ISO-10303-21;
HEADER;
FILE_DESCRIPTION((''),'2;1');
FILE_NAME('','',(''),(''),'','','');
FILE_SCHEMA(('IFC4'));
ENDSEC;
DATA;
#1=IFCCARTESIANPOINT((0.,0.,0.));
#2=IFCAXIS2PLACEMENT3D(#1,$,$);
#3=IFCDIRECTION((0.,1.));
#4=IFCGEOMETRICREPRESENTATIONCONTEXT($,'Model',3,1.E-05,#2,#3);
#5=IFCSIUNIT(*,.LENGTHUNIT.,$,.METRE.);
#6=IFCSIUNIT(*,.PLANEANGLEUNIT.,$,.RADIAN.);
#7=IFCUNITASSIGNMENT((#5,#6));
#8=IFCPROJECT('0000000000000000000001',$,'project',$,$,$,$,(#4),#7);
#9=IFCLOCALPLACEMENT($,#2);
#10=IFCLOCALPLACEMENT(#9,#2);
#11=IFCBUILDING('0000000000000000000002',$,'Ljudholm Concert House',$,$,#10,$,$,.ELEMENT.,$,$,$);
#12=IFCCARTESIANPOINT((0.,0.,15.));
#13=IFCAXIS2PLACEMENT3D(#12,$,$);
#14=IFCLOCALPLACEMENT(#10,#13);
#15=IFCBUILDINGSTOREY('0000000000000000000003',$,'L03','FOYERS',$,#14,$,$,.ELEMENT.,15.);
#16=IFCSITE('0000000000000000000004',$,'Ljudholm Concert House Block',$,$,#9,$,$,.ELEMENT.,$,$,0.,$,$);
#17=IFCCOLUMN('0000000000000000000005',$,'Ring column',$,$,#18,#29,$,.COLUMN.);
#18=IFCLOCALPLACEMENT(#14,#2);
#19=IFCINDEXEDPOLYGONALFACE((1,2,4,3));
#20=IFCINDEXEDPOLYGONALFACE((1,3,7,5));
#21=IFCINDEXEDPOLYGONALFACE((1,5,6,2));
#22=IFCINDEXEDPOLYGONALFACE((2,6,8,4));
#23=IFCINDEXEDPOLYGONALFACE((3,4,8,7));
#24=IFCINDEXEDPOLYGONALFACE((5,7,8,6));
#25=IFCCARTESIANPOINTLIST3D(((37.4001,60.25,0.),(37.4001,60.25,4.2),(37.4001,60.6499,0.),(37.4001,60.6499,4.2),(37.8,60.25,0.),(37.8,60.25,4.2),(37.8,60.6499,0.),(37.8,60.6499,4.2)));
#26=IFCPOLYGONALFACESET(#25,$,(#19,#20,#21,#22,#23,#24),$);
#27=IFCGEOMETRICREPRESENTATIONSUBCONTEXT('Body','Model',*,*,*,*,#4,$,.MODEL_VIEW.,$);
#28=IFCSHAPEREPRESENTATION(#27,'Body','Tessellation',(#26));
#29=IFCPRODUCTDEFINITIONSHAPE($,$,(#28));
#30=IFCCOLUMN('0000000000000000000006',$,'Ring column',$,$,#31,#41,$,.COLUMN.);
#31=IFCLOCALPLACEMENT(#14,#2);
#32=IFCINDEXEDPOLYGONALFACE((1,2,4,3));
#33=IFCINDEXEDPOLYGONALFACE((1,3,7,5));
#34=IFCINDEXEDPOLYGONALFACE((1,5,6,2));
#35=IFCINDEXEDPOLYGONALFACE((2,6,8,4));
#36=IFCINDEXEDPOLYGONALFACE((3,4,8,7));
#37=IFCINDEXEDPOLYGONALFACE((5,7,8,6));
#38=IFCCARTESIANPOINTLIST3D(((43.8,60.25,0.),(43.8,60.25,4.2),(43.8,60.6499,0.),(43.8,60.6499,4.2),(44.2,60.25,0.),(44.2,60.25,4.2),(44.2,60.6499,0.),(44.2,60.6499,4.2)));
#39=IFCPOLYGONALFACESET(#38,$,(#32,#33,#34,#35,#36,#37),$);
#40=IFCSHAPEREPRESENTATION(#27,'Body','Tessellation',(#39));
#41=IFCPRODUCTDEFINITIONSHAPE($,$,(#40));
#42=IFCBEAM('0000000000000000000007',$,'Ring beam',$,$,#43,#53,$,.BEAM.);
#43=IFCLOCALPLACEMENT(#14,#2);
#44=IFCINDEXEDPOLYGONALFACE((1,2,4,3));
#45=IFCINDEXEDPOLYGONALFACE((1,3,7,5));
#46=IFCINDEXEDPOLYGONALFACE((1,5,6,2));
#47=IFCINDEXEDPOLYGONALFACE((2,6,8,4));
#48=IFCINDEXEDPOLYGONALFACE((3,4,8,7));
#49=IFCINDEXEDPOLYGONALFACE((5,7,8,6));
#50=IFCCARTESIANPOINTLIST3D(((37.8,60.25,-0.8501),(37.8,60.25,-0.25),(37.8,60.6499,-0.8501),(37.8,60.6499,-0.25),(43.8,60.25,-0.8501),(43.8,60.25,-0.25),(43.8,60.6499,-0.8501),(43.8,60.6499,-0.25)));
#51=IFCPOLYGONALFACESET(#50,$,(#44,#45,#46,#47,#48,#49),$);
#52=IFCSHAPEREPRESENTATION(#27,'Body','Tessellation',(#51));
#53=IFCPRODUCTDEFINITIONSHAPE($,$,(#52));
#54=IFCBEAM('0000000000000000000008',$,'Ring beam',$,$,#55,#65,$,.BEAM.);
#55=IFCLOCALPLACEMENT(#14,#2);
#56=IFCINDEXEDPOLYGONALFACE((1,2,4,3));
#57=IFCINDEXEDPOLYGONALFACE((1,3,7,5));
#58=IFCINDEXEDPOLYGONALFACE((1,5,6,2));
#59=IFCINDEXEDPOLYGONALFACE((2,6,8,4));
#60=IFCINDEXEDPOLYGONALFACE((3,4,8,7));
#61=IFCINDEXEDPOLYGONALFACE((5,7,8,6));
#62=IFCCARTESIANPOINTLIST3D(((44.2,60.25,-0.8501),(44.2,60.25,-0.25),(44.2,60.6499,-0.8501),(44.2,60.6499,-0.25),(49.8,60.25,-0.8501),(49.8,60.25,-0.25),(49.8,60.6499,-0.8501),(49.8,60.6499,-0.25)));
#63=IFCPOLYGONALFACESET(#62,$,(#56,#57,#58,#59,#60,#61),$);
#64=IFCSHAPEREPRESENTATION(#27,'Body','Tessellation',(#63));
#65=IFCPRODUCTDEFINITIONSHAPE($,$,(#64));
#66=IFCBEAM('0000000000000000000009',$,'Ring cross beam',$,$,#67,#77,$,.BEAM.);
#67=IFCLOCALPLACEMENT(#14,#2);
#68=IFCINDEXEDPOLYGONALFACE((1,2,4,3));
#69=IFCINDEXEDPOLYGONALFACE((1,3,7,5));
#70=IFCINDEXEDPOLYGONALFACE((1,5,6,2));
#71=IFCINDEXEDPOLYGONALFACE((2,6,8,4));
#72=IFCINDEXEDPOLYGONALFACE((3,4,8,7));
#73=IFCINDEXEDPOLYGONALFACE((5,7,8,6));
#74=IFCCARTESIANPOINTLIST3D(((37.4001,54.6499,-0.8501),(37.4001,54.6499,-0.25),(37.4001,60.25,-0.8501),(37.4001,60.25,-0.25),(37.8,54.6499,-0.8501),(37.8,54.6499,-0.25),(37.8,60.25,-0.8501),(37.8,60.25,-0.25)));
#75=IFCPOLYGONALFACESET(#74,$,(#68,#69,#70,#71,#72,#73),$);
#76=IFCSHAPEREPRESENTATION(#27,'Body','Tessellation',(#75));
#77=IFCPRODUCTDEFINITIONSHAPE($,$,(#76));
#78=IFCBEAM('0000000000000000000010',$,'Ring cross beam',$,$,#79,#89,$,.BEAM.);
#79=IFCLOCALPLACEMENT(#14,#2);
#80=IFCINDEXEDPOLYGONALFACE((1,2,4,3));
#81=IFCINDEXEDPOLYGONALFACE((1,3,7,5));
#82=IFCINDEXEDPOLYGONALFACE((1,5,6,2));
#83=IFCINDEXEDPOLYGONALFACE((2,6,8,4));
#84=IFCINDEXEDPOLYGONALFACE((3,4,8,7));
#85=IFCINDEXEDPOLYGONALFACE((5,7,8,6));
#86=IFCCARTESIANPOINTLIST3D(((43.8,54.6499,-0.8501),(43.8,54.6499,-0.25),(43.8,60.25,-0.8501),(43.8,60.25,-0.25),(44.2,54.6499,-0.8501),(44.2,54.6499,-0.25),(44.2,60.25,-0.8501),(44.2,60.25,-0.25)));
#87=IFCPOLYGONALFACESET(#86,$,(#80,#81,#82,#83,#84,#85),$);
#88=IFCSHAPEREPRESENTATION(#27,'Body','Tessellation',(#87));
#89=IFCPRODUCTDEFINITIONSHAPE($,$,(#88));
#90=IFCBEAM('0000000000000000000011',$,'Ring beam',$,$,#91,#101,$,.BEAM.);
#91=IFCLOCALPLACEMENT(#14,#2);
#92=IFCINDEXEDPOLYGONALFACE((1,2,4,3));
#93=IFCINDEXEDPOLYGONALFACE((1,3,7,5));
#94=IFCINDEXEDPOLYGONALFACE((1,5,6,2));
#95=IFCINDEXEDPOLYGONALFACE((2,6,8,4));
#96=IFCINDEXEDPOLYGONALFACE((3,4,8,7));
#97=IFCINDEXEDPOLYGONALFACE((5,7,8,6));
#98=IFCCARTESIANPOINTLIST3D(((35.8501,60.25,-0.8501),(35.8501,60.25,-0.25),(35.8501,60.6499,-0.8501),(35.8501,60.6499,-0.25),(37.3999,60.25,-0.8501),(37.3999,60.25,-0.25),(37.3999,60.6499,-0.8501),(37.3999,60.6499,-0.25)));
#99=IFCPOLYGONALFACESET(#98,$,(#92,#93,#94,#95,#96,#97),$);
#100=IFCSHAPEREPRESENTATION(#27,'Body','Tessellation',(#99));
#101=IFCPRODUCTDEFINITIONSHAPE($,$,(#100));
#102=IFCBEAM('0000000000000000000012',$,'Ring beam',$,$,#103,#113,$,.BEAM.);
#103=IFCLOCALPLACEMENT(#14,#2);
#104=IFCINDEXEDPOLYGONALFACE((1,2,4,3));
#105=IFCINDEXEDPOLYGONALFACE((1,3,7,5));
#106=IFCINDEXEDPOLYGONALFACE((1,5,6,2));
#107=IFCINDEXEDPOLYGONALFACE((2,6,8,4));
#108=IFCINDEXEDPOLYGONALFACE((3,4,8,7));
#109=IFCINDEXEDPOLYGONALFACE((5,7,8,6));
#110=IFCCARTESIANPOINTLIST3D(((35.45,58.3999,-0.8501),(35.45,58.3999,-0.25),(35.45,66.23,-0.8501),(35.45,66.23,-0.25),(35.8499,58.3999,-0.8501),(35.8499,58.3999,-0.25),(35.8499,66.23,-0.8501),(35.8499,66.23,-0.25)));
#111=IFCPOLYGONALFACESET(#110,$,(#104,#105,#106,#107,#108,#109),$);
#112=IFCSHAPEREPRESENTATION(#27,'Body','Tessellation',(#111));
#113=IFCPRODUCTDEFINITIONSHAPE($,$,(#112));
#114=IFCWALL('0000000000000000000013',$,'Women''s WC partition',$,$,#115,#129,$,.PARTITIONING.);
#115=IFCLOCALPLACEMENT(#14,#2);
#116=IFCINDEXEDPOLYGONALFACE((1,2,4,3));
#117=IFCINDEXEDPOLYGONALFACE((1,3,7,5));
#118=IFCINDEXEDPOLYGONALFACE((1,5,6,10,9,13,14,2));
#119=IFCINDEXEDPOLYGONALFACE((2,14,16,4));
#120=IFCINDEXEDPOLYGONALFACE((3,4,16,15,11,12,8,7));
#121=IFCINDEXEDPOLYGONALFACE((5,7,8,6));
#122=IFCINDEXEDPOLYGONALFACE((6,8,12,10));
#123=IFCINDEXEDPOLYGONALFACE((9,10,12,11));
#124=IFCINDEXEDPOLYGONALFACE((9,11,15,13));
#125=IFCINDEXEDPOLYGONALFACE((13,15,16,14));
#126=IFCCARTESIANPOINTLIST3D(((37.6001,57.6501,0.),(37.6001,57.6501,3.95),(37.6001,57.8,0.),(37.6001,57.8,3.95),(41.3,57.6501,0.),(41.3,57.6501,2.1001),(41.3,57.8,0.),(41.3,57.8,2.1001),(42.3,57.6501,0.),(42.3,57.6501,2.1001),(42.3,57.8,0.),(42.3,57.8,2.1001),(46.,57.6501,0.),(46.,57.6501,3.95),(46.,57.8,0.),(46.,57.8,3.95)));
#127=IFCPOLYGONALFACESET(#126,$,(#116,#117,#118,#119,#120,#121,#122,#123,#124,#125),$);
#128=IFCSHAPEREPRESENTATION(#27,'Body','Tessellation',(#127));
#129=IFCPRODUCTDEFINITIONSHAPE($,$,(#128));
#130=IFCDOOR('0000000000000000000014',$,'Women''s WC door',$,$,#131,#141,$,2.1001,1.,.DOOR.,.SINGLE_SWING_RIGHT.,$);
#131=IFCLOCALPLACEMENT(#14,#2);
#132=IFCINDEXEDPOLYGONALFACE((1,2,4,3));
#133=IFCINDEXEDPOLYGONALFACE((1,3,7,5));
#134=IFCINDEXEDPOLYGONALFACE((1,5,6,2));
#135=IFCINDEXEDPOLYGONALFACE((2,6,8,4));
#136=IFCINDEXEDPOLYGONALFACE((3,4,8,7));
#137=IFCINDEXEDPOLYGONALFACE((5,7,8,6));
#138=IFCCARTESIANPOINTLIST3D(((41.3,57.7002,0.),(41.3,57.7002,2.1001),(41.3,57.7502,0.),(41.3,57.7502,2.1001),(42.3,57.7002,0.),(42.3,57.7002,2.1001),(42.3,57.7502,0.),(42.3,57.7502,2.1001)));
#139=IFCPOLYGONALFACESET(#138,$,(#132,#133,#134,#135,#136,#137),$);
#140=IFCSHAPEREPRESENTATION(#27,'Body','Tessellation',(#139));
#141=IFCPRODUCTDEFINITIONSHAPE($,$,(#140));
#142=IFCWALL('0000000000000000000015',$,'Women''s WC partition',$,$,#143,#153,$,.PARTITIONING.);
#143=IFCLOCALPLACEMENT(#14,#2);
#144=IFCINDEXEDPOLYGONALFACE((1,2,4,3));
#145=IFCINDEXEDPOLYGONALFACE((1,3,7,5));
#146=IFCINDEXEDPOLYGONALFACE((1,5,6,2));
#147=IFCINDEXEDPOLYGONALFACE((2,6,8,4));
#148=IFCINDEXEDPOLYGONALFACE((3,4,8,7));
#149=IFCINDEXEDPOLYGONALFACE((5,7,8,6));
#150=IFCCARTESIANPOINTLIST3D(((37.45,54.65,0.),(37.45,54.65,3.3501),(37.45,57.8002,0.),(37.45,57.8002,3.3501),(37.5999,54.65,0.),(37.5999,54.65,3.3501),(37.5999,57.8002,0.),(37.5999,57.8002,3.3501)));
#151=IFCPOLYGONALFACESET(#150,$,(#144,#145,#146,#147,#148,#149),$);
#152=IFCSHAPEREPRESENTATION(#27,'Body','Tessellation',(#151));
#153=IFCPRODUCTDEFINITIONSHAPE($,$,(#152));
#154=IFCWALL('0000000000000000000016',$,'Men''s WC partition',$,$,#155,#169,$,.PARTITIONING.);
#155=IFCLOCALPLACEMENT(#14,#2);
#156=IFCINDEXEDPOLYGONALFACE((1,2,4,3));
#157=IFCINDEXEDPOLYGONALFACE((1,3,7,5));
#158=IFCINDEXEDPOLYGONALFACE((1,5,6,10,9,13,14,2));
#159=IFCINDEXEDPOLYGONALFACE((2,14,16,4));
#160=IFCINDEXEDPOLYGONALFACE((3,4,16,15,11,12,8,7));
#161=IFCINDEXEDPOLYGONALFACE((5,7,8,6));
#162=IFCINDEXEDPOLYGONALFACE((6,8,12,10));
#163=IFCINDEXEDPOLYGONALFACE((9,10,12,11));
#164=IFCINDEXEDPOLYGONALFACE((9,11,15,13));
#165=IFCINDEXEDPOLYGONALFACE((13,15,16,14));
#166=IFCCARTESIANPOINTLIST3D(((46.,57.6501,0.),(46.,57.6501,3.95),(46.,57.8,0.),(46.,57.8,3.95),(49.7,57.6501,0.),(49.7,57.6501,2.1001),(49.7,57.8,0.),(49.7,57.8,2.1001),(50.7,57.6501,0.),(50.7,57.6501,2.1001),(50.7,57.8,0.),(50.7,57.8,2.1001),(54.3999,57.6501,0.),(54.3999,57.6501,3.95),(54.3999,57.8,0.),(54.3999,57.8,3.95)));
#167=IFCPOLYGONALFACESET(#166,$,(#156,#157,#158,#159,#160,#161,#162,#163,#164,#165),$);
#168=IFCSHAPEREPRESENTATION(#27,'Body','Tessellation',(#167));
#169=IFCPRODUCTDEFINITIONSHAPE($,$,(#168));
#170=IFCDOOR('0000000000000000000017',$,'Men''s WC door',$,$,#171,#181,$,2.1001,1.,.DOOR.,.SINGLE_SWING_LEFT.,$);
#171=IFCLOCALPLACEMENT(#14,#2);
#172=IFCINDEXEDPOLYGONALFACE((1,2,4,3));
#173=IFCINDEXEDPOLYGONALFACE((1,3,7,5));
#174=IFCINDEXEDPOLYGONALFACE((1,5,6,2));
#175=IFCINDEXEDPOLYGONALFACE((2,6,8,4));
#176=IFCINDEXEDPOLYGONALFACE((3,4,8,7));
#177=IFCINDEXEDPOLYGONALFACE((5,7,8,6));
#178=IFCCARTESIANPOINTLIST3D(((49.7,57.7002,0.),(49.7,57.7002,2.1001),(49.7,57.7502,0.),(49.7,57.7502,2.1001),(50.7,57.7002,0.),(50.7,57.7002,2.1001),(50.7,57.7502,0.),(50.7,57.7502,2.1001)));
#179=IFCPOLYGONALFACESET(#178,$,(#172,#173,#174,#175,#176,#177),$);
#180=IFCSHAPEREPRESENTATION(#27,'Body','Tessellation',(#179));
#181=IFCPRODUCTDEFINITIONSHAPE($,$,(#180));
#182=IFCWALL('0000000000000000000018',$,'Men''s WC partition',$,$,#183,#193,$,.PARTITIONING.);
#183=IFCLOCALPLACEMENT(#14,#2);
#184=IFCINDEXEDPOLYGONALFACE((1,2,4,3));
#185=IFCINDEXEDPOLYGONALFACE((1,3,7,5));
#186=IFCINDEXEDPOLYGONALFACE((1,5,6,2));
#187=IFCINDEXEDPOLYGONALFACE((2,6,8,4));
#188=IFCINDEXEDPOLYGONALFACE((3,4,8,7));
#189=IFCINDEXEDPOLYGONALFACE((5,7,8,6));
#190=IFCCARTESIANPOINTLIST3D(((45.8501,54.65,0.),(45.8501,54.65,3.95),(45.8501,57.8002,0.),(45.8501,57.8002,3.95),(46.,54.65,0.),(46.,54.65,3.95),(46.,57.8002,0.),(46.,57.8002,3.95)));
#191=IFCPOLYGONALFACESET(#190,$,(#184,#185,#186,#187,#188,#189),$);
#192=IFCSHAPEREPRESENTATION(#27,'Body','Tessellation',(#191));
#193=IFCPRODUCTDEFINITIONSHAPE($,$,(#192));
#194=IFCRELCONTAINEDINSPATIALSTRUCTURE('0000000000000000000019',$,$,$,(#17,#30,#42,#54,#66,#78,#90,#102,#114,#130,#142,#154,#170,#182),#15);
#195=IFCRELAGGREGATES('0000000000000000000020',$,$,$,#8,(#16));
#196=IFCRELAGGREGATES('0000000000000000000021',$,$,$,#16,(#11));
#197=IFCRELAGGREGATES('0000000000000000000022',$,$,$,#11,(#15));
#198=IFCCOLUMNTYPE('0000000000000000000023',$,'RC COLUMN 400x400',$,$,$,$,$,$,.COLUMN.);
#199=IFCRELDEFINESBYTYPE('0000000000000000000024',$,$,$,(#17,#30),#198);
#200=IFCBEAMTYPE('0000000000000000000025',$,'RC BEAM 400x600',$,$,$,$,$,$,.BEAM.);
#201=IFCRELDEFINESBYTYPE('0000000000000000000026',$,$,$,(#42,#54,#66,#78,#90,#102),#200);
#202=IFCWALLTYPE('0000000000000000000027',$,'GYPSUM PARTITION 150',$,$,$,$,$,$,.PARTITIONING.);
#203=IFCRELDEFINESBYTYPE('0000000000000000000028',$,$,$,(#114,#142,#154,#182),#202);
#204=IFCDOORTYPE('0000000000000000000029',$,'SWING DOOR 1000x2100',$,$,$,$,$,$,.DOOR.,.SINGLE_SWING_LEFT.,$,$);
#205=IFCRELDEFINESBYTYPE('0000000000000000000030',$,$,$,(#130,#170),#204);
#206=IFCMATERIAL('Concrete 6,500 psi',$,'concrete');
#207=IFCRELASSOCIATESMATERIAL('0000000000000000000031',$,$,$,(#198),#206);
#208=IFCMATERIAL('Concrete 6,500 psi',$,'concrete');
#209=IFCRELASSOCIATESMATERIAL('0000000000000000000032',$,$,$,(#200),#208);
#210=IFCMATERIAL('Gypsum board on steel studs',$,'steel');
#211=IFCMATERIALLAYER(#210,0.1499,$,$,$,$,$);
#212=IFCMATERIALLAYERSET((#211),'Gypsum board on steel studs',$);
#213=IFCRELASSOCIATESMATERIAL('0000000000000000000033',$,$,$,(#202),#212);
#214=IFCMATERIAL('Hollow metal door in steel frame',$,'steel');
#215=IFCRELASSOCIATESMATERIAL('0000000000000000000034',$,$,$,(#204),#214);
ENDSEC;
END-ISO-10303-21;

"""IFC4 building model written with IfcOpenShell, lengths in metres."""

from ifc_helpers import new_model, si_unit, direction, frame, frame_2d, origin, origin_2d, place, context, subcontext, project, spatial, rectangle, extrude, material, layer, layer_set, material_profile, profile_set, type_object, element, fill, save


model = new_model("IFC4")

# Units and contexts
model_context = context("Model", 3, precision=1e-05, world=origin(), true_north=direction((0.0, 1.0)))
body_context = subcontext(model_context, "Body", "Model", "MODEL_VIEW")
ifc_project = project(units=[si_unit("LENGTHUNIT", "METRE"), si_unit("PLANEANGLEUNIT", "RADIAN")], contexts=[model_context])

# Site, building, storey
site_placement = place(None, origin())
site = spatial("IfcSite", under=ifc_project, at=site_placement, Name="Ljudholm Concert House Block", CompositionType="ELEMENT", RefElevation=0.0)
building_placement = place(site_placement, origin())
building = spatial("IfcBuilding", under=site, at=building_placement, Name="Ljudholm Concert House", CompositionType="ELEMENT")
storey_placement = place(building_placement, frame((0.0, 0.0, 15.0)))
storey = spatial("IfcBuildingStorey", under=building, at=storey_placement, Name="L03", Description="FOYERS", CompositionType="ELEMENT", Elevation=15.0)

# Columns
ifc_material_1 = material(Name="Concrete 6,500 psi", Category="concrete")
ifc_material_profile_1 = material_profile(ifc_material_1, rectangle(XDim=0.3999, YDim=0.3999, at=origin_2d()), Name="RC COLUMN 400x400")
ifc_profile_set_1 = profile_set([ifc_material_profile_1], Name="Concrete 6,500 psi")
column_type = type_object("IfcColumnType", Name="RC COLUMN 400x400", PredefinedType="COLUMN", material=ifc_profile_set_1)
for number, where, z_axis, x_axis, name in (
    (1, (37.6001, 60.45, 0.0), (0.0, 0.0, 1.0), (1.0, 0.0, 0.0), "Ring column"),
    (2, (44.0, 60.45, 0.0), (0.0, 0.0, 1.0), (1.0, 0.0, 0.0), "Ring column"),
):
    element("IfcColumn", number, at=place(storey_placement, frame(where, z_axis=z_axis, x_axis=x_axis)), inside=storey, type_object=column_type, Name=name, PredefinedType="COLUMN", context=body_context, shape_type="SweptSolid", body=[
        extrude(rectangle(XDim=0.3999, YDim=0.3999, at=origin_2d()), origin(), (0.0, 0.0, 1.0), 4.2),
    ])

# Beams
ifc_material_2 = material(Name="Concrete 6,500 psi", Category="concrete")
ifc_material_profile_2 = material_profile(ifc_material_2, rectangle(XDim=0.3999, YDim=0.6001, at=origin_2d()), Name="RC BEAM 400x600")
ifc_profile_set_2 = profile_set([ifc_material_profile_2], Name="Concrete 6,500 psi")
beam_type = type_object("IfcBeamType", Name="RC BEAM 400x600", PredefinedType="BEAM", material=ifc_profile_set_2)
beam_1_placement = place(storey_placement, frame((37.8, 60.45, -0.55), z_axis=(1.0, 0.0, 0.0), x_axis=(0.0, 1.0, 0.0)))
element("IfcBeam", 3, at=beam_1_placement, inside=storey, type_object=beam_type, Name="Ring beam", PredefinedType="BEAM", context=body_context, shape_type="SweptSolid", body=[
    extrude(rectangle(XDim=0.3999, YDim=0.6001, at=origin_2d()), origin(), (0.0, 0.0, 1.0), 6.0),
])
for number, where, z_axis, x_axis, name in (
    (4, (44.2, 60.45, -0.55), (1.0, 0.0, 0.0), (0.0, 1.0, 0.0), "Ring beam"),
    (5, (37.6001, 60.25, -0.55), (0.0, -1.0, 0.0), (1.0, 0.0, 0.0), "Ring cross beam"),
    (6, (44.0, 60.25, -0.55), (0.0, -1.0, 0.0), (1.0, 0.0, 0.0), "Ring cross beam"),
):
    element("IfcBeam", number, at=place(storey_placement, frame(where, z_axis=z_axis, x_axis=x_axis)), inside=storey, type_object=beam_type, Name=name, PredefinedType="BEAM", context=body_context, shape_type="SweptSolid", body=[
        extrude(rectangle(XDim=0.3999, YDim=0.6001, at=origin_2d()), origin(), (0.0, 0.0, 1.0), 5.6001),
    ])
beam_2_placement = place(storey_placement, frame((35.8501, 60.45, -0.55), z_axis=(1.0, 0.0, 0.0), x_axis=(0.0, 1.0, 0.0)))
element("IfcBeam", 7, at=beam_2_placement, inside=storey, type_object=beam_type, Name="Ring beam", PredefinedType="BEAM", context=body_context, shape_type="SweptSolid", body=[
    extrude(rectangle(XDim=0.3999, YDim=0.6001, at=origin_2d()), origin(), (0.0, 0.0, 1.0), 1.5498),
])
beam_3_placement = place(storey_placement, frame((35.6499, 58.3999, -0.55), z_axis=(0.0, 1.0, 0.0), x_axis=(-1.0, 0.0, 0.0)))
element("IfcBeam", 8, at=beam_3_placement, inside=storey, type_object=beam_type, Name="Ring beam", PredefinedType="BEAM", context=body_context, shape_type="SweptSolid", body=[
    extrude(rectangle(XDim=0.3999, YDim=0.6001, at=origin_2d()), origin(), (0.0, 0.0, 1.0), 7.8301),
])

# Wall, opening, door
ifc_material_3 = material(Name="Gypsum board on steel studs", Category="steel")
ifc_layer_1 = layer(ifc_material_3, 0.1499)
ifc_layer_set_1 = layer_set([ifc_layer_1], Name="Gypsum board on steel studs")
wall_type_1 = type_object("IfcWallType", Name="GYPSUM PARTITION 150", PredefinedType="PARTITIONING", material=ifc_layer_set_1)
wall_1_placement = place(storey_placement, frame((37.6001, 57.7251, 0.0), z_axis=(0.0, 0.0, 1.0), x_axis=(1.0, 0.0, 0.0)))
wall_1 = element("IfcWall", 9, at=wall_1_placement, inside=storey, type_object=wall_type_1, Name="Women's WC partition", PredefinedType="PARTITIONING", context=body_context, shape_type="SweptSolid", body=[
    extrude(rectangle(XDim=8.3999, YDim=0.1499, at=frame_2d((4.2, 0.0))), origin(), (0.0, 0.0, 1.0), 3.95),
])
opening_1_placement = place(wall_1_placement, frame((3.7, 0.0, 0.0)))
opening_1 = element("IfcOpeningElement", 10, at=opening_1_placement, cuts=wall_1, PredefinedType="OPENING", context=body_context, shape_type="SweptSolid", body=[
    extrude(rectangle(XDim=1.0, YDim=2.1001, at=frame_2d((0.5, 1.05))), frame((0.0, 0.085, 0.0), z_axis=(0.0, -1.0, 0.0), x_axis=(1.0, 0.0, 0.0)), (0.0, 0.0, 1.0), 0.1699),
])
ifc_material_4 = material(Name="Hollow metal door in steel frame", Category="steel")
door_type = type_object("IfcDoorType", Name="SWING DOOR 1000x2100", OperationType="SINGLE_SWING_LEFT", PredefinedType="DOOR", material=ifc_material_4)
door_1_placement = place(opening_1_placement, frame((1.0, 0.0, 0.0), z_axis=(0.0, 0.0, 1.0), x_axis=(-1.0, 0.0, 0.0)))
door_1 = element("IfcDoor", 11, at=door_1_placement, inside=storey, type_object=door_type, Name="Women's WC door", OperationType="SINGLE_SWING_RIGHT", OverallHeight=2.1001, OverallWidth=1.0, PredefinedType="DOOR", context=body_context, shape_type="SweptSolid", body=[
    extrude(rectangle(XDim=1.0, YDim=2.1001, at=frame_2d((0.5, 1.05))), frame((0.0, 0.0249, 0.0), z_axis=(0.0, -1.0, 0.0), x_axis=(1.0, 0.0, 0.0)), (0.0, 0.0, 1.0), 0.05),
])
fill(opening_1, door_1)

# Wall
wall_2_placement = place(storey_placement, frame((37.5249, 54.6499, 0.0), z_axis=(0.0, 0.0, 1.0), x_axis=(0.0, 1.0, 0.0)))
element("IfcWall", 12, at=wall_2_placement, inside=storey, type_object=wall_type_1, Name="Women's WC partition", PredefinedType="PARTITIONING", context=body_context, shape_type="SweptSolid", body=[
    extrude(rectangle(XDim=3.1501, YDim=0.1499, at=frame_2d((1.5752, 0.0))), origin(), (0.0, 0.0, 1.0), 3.3501),
])

# Wall, opening, door
wall_3_placement = place(storey_placement, frame((46.0, 57.7251, 0.0), z_axis=(0.0, 0.0, 1.0), x_axis=(1.0, 0.0, 0.0)))
wall_3 = element("IfcWall", 13, at=wall_3_placement, inside=storey, type_object=wall_type_1, Name="Men's WC partition", PredefinedType="PARTITIONING", context=body_context, shape_type="SweptSolid", body=[
    extrude(rectangle(XDim=8.3999, YDim=0.1499, at=frame_2d((4.2, 0.0))), origin(), (0.0, 0.0, 1.0), 3.95),
])
opening_2_placement = place(wall_3_placement, frame((3.7, 0.0, 0.0)))
opening_2 = element("IfcOpeningElement", 14, at=opening_2_placement, cuts=wall_3, PredefinedType="OPENING", context=body_context, shape_type="SweptSolid", body=[
    extrude(rectangle(XDim=1.0, YDim=2.1001, at=frame_2d((0.5, 1.05))), frame((0.0, 0.085, 0.0), z_axis=(0.0, -1.0, 0.0), x_axis=(1.0, 0.0, 0.0)), (0.0, 0.0, 1.0), 0.1699),
])
door_2_placement = place(opening_2_placement, frame((1.0, 0.0, 0.0), z_axis=(0.0, 0.0, 1.0), x_axis=(-1.0, 0.0, 0.0)))
door_2 = element("IfcDoor", 15, at=door_2_placement, inside=storey, type_object=door_type, Name="Men's WC door", OperationType="SINGLE_SWING_LEFT", OverallHeight=2.1001, OverallWidth=1.0, PredefinedType="DOOR", context=body_context, shape_type="SweptSolid", body=[
    extrude(rectangle(XDim=1.0, YDim=2.1001, at=frame_2d((0.5, 1.05))), frame((0.0, 0.0249, 0.0), z_axis=(0.0, -1.0, 0.0), x_axis=(1.0, 0.0, 0.0)), (0.0, 0.0, 1.0), 0.05),
])
fill(opening_2, door_2)

# Wall
wall_4_placement = place(storey_placement, frame((45.925, 54.6499, 0.0), z_axis=(0.0, 0.0, 1.0), x_axis=(0.0, 1.0, 0.0)))
element("IfcWall", 16, at=wall_4_placement, inside=storey, type_object=wall_type_1, Name="Men's WC partition", PredefinedType="PARTITIONING", context=body_context, shape_type="SweptSolid", body=[
    extrude(rectangle(XDim=3.1501, YDim=0.1499, at=frame_2d((1.5752, 0.0))), origin(), (0.0, 0.0, 1.0), 3.95),
])

save(model, "model.ifc")
